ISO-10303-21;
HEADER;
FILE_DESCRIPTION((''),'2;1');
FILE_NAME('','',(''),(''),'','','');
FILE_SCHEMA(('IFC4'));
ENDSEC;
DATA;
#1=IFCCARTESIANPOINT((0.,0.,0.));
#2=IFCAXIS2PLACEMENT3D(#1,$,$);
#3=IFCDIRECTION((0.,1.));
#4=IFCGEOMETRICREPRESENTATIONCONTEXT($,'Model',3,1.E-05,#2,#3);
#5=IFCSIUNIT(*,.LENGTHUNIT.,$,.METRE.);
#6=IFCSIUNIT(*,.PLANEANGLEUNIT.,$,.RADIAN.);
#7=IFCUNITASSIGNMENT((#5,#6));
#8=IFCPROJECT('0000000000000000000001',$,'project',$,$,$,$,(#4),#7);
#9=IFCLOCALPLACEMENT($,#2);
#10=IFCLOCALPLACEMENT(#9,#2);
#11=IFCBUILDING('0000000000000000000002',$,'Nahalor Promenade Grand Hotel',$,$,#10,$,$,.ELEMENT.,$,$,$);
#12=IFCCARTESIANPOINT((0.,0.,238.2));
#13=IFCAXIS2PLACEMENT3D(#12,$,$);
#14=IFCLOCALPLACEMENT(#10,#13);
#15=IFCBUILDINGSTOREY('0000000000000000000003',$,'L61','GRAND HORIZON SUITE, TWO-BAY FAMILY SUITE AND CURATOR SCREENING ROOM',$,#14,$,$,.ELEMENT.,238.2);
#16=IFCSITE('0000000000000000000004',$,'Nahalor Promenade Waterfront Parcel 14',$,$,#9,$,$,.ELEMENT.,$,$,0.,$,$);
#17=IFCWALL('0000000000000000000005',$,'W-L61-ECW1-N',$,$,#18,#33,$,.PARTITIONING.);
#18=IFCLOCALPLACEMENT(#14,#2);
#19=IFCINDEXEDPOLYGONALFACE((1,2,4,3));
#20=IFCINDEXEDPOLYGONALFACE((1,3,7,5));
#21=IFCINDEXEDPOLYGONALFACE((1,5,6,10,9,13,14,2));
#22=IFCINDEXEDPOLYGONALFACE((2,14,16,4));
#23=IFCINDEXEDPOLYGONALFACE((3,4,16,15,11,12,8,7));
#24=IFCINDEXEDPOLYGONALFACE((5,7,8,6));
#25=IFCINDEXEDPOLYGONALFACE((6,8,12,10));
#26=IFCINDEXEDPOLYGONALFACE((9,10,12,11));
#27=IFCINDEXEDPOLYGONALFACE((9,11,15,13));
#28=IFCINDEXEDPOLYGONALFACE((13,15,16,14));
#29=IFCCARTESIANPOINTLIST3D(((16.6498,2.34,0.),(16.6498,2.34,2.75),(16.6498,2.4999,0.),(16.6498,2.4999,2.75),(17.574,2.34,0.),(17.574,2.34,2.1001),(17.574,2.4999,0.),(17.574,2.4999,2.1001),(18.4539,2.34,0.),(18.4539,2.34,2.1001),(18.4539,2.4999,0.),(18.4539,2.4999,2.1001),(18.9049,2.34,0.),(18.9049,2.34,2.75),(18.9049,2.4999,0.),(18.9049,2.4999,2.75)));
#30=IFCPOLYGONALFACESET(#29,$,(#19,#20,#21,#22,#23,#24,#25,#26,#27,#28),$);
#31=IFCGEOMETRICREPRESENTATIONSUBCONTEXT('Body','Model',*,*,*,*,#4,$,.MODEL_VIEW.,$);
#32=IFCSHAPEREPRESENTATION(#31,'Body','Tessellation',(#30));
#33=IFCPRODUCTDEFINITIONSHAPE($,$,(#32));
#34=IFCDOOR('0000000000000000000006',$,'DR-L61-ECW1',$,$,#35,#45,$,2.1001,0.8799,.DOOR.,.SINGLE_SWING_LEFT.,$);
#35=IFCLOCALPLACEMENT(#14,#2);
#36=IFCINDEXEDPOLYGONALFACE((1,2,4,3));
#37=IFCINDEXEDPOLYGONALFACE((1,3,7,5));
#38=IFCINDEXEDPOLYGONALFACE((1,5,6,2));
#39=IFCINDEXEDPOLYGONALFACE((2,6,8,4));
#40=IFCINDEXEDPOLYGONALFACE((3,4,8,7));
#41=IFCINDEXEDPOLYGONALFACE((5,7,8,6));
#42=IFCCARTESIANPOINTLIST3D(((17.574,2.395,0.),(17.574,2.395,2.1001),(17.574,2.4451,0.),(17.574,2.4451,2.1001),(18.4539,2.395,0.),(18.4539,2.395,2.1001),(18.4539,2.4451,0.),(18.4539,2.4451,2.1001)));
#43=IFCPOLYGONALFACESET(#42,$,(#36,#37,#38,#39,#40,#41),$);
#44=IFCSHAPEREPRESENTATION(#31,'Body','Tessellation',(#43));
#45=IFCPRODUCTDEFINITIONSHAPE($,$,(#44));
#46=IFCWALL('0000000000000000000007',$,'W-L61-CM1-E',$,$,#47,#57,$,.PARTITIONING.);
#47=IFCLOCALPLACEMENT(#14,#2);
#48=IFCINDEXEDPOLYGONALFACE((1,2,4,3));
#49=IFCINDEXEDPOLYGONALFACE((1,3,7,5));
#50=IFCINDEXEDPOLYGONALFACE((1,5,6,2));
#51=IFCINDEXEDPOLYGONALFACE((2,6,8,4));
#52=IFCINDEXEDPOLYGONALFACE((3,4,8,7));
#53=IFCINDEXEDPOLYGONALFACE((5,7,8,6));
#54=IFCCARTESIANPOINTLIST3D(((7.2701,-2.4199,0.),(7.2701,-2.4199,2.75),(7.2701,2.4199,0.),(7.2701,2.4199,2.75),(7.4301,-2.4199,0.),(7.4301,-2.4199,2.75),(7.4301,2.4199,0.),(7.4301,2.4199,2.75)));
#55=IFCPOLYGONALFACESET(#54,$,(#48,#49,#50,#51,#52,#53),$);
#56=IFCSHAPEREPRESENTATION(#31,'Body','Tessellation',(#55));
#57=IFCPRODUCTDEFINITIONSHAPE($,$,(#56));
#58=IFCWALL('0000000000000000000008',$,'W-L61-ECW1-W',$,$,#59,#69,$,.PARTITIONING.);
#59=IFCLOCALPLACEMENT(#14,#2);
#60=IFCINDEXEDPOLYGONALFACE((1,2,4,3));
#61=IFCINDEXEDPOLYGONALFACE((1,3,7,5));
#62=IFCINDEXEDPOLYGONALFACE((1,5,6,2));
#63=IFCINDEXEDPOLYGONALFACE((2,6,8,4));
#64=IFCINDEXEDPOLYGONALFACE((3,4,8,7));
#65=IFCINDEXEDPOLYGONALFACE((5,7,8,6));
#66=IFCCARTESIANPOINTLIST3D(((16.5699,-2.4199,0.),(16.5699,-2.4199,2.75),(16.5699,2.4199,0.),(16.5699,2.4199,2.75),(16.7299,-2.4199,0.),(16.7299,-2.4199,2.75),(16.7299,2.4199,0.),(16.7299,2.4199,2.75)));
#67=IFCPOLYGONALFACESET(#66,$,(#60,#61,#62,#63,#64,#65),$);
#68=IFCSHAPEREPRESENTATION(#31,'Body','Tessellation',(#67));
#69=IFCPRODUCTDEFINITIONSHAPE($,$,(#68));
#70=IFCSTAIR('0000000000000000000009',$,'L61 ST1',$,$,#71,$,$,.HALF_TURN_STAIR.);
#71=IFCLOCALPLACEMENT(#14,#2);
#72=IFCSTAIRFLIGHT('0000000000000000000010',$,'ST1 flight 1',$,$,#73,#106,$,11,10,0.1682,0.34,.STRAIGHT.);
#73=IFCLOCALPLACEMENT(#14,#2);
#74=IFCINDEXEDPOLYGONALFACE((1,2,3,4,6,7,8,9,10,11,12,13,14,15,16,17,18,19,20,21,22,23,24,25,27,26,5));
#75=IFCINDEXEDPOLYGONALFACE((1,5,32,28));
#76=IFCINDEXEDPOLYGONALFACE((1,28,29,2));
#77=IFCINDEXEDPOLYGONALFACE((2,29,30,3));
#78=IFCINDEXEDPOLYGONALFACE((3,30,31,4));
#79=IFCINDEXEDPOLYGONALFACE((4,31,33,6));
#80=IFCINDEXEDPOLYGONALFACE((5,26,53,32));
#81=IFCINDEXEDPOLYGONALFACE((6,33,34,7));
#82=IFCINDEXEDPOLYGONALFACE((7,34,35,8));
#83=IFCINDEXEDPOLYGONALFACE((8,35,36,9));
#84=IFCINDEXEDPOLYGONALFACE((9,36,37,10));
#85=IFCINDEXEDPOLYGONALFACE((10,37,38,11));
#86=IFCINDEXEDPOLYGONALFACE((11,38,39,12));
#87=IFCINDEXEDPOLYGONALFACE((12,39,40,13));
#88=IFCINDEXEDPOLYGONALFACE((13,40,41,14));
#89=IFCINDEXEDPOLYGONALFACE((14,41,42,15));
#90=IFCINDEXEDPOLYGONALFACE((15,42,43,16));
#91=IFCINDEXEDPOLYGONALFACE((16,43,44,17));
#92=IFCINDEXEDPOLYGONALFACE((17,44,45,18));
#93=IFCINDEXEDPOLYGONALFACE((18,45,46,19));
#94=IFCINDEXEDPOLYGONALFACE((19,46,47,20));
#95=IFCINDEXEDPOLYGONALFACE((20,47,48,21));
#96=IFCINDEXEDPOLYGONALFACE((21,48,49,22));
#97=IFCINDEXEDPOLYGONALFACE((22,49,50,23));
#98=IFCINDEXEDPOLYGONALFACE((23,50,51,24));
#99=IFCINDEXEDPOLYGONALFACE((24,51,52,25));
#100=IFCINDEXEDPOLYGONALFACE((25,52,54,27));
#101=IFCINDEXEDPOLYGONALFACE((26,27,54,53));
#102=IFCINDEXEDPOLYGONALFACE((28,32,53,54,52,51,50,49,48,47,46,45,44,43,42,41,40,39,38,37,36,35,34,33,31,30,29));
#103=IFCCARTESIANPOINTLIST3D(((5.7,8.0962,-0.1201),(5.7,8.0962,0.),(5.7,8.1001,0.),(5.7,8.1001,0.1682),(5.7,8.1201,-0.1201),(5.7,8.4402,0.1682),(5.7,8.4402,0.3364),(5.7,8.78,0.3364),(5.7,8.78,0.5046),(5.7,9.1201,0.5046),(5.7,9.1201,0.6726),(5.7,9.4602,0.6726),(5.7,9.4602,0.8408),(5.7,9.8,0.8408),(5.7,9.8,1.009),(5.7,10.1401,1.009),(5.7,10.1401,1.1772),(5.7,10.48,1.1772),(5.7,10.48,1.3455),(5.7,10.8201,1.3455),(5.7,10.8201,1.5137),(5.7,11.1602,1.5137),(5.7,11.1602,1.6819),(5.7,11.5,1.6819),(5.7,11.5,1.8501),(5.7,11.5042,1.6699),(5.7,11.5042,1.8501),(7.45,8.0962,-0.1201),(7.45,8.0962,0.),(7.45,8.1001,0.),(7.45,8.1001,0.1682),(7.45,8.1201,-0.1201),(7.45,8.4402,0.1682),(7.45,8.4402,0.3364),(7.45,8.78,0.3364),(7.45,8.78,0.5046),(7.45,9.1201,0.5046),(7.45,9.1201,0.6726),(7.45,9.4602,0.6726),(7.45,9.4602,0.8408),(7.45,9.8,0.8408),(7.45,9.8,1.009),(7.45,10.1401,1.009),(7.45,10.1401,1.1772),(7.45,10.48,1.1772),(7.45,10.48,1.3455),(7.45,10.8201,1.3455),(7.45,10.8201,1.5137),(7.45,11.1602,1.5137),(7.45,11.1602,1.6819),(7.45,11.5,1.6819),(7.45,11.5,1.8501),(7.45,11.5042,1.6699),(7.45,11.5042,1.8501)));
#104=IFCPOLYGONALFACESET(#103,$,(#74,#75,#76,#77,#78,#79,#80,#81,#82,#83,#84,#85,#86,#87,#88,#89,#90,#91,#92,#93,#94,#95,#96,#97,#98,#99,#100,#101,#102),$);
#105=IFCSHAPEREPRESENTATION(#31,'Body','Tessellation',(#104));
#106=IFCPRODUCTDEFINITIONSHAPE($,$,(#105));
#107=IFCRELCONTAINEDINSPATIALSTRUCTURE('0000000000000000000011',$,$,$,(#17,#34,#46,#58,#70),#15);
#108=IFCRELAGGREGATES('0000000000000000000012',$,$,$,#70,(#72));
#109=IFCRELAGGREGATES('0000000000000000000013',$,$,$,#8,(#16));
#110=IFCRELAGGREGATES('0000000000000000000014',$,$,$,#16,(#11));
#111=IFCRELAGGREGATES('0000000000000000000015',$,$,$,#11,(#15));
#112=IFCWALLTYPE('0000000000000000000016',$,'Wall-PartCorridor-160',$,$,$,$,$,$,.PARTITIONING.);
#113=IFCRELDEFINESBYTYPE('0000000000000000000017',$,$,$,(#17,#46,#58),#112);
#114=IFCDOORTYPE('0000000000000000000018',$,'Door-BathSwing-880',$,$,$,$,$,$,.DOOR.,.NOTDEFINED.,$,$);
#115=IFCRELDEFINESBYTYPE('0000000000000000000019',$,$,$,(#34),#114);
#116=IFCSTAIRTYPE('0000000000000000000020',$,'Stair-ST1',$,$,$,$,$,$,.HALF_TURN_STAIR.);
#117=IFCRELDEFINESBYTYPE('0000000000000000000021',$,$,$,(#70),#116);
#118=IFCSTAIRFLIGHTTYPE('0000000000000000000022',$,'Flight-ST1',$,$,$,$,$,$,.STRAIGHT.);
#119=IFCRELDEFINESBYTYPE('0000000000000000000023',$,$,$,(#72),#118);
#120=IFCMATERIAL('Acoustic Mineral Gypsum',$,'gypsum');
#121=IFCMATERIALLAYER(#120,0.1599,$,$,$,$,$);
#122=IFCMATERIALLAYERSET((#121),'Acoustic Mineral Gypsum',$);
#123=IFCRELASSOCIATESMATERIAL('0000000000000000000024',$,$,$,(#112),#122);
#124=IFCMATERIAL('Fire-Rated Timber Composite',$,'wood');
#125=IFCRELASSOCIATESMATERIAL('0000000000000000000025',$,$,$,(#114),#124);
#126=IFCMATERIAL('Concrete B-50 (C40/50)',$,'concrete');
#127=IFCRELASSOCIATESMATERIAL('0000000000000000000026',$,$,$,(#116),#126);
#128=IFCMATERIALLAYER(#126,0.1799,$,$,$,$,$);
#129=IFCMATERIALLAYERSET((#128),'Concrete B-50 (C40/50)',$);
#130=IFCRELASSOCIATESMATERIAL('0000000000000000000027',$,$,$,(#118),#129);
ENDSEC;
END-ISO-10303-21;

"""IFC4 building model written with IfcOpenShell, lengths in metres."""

from ifc_helpers import new_model, si_unit, direction, frame, frame_2d, origin, place, context, subcontext, project, spatial, polyline, rectangle, outline, extrude, source, transform, mapped, material, layer, layer_set, type_object, element, fill, aggregate, save


model = new_model("IFC4")

# Units and contexts
model_context = context("Model", 3, precision=1e-05, world=origin(), true_north=direction((0.0, 1.0)))
body_context = subcontext(model_context, "Body", "Model", "MODEL_VIEW")
ifc_project = project(units=[si_unit("LENGTHUNIT", "METRE"), si_unit("PLANEANGLEUNIT", "RADIAN")], contexts=[model_context])

# Site, building, storey
site_placement = place(None, origin())
site = spatial("IfcSite", under=ifc_project, at=site_placement, Name="Nahalor Promenade Waterfront Parcel 14", CompositionType="ELEMENT", RefElevation=0.0)
building_placement = place(site_placement, origin())
building = spatial("IfcBuilding", under=site, at=building_placement, Name="Nahalor Promenade Grand Hotel", CompositionType="ELEMENT")
storey_placement = place(building_placement, frame((0.0, 0.0, 238.2)))
storey = spatial("IfcBuildingStorey", under=building, at=storey_placement, Name="L61", Description="GRAND HORIZON SUITE, TWO-BAY FAMILY SUITE AND CURATOR SCREENING ROOM", CompositionType="ELEMENT", Elevation=238.2)

# Shared definitions
ifc_material_1 = material(Name="Concrete B-50 (C40/50)", Category="concrete")

# Shared definitions
ifc_material_2 = material(Name="Acoustic Mineral Gypsum", Category="gypsum")
ifc_layer_1 = layer(ifc_material_2, 0.1599)
ifc_layer_set_1 = layer_set([ifc_layer_1], Name="Acoustic Mineral Gypsum")
wall_type_1 = type_object("IfcWallType", Name="Wall-PartCorridor-160", PredefinedType="PARTITIONING", material=ifc_layer_set_1)

# Shared definitions
shared_shape_1 = source(origin(), body_context, "Body", "SweptSolid", [
    extrude(rectangle(XDim=2.2551, YDim=0.1599, at=frame_2d((1.1274, 0.0))), origin(), (0.0, 0.0, 1.0), 2.75),
])
ifc_material_3 = material(Name="Fire-Rated Timber Composite", Category="wood")
door_type_1 = type_object("IfcDoorType", Name="Door-BathSwing-880", OperationType="NOTDEFINED", PredefinedType="DOOR", material=ifc_material_3)
shared_shape_2 = source(origin(), body_context, "Body", "SweptSolid", [
    extrude(rectangle(XDim=0.8799, YDim=2.1001, at=frame_2d((0.4399, 1.05))), frame((0.0, 0.0249, 0.0), z_axis=(0.0, -1.0, 0.0), x_axis=(1.0, 0.0, 0.0)), (0.0, 0.0, 1.0), 0.05),
])

# Wall, opening, door
wall_1_placement = place(storey_placement, frame((16.6499, 2.4199, 0.0), z_axis=(0.0, 0.0, 1.0), x_axis=(1.0, 0.0, 0.0)))
wall_1 = element("IfcWall", 1, at=wall_1_placement, inside=storey, type_object=wall_type_1, Name="W-L61-ECW1-N", PredefinedType="PARTITIONING", context=body_context, shape_type="MappedRepresentation", body=[
    mapped(shared_shape_1, transform((0.0, 0.0, 0.0), scale=1.0)),
])
opening_1_placement = place(wall_1_placement, frame((0.9241, 0.0, 0.0)))
opening_1 = element("IfcOpeningElement", 2, at=opening_1_placement, cuts=wall_1, PredefinedType="OPENING", context=body_context, shape_type="SweptSolid", body=[
    extrude(rectangle(XDim=0.8799, YDim=2.1001, at=frame_2d((0.4399, 1.05))), frame((0.0, 0.0898, 0.0), z_axis=(0.0, -1.0, 0.0), x_axis=(1.0, 0.0, 0.0)), (0.0, 0.0, 1.0), 0.1799),
])
door_1_placement = place(opening_1_placement, frame((0.8799, 0.0, 0.0), z_axis=(0.0, 0.0, 1.0), x_axis=(-1.0, 0.0, 0.0)))
door_1 = element("IfcDoor", 3, at=door_1_placement, inside=storey, type_object=door_type_1, Name="DR-L61-ECW1", OperationType="SINGLE_SWING_LEFT", OverallHeight=2.1001, OverallWidth=0.8799, PredefinedType="DOOR", context=body_context, shape_type="MappedRepresentation", body=[
    mapped(shared_shape_2, transform((0.0, 0.0, 0.0), scale=1.0)),
])
fill(opening_1, door_1)

# Walls
shared_shape_3 = source(origin(), body_context, "Body", "SweptSolid", [
    extrude(rectangle(XDim=4.8398, YDim=0.1599, at=frame_2d((2.4199, 0.0))), origin(), (0.0, 0.0, 1.0), 2.75),
])
for number, where, z_axis, x_axis, name in (
    (4, (7.3501, -2.4199, 0.0), (0.0, 0.0, 1.0), (0.0, 1.0, 0.0), "W-L61-CM1-E"),
    (5, (16.6499, -2.4199, 0.0), (0.0, 0.0, 1.0), (0.0, 1.0, 0.0), "W-L61-ECW1-W"),
):
    element("IfcWall", number, at=place(storey_placement, frame(where, z_axis=z_axis, x_axis=x_axis)), inside=storey, type_object=wall_type_1, Name=name, PredefinedType="PARTITIONING", context=body_context, shape_type="MappedRepresentation", body=[
        mapped(shared_shape_3, transform((0.0, 0.0, 0.0), scale=1.0)),
    ])

# Stair, stair flight
stair_type = type_object("IfcStairType", Name="Stair-ST1", PredefinedType="HALF_TURN_STAIR", material=ifc_material_1)
stair_placement = place(storey_placement, origin())
stair = element("IfcStair", 6, at=stair_placement, inside=storey, type_object=stair_type, Name="L61 ST1", PredefinedType="HALF_TURN_STAIR")
ifc_layer_2 = layer(ifc_material_1, 0.1799)
ifc_layer_set_2 = layer_set([ifc_layer_2], Name="Concrete B-50 (C40/50)")
stair_flight_type = type_object("IfcStairFlightType", Name="Flight-ST1", PredefinedType="STRAIGHT", material=ifc_layer_set_2)
shared_shape_4 = source(origin(), body_context, "Body", "SweptSolid", [
    extrude(outline(polyline([(-0.0039, -0.1201), (-0.0039, 0.0), (0.0, 0.0), (0.0, 0.1682), (0.3401, 0.1682), (0.3401, 0.3364), (0.6799, 0.3364), (0.6799, 0.5046), (1.02, 0.5046), (1.02, 0.6726), (1.3601, 0.6726), (1.3601, 0.8408), (1.7, 0.8408), (1.7, 1.009), (2.04, 1.009), (2.04, 1.1772), (2.3799, 1.1772), (2.3799, 1.3455), (2.72, 1.3455), (2.72, 1.5137), (3.0601, 1.5137), (3.0601, 1.6819), (3.3999, 1.6819), (3.3999, 1.8501), (3.4041, 1.8501), (3.4041, 1.6699), (0.02, -0.1201), (-0.0039, -0.1201)])), frame((0.0, 0.875, 0.0), z_axis=(0.0, -1.0, 0.0), x_axis=(1.0, 0.0, 0.0)), (0.0, 0.0, 1.0), 1.75),
])
stair_flight_placement = place(storey_placement, frame((6.575, 8.1001, 0.0), z_axis=(0.0, 0.0, 1.0), x_axis=(0.0, 1.0, 0.0)))
stair_flight = element("IfcStairFlight", 7, at=stair_flight_placement, type_object=stair_flight_type, Name="ST1 flight 1", NumberOfRisers=11, NumberOfTreads=10, PredefinedType="STRAIGHT", RiserHeight=0.1682, TreadLength=0.34, context=body_context, shape_type="MappedRepresentation", body=[
    mapped(shared_shape_4, transform((0.0, 0.0, 0.0), scale=1.0)),
])
aggregate(stair, [stair_flight])

save(model, "model.ifc")
